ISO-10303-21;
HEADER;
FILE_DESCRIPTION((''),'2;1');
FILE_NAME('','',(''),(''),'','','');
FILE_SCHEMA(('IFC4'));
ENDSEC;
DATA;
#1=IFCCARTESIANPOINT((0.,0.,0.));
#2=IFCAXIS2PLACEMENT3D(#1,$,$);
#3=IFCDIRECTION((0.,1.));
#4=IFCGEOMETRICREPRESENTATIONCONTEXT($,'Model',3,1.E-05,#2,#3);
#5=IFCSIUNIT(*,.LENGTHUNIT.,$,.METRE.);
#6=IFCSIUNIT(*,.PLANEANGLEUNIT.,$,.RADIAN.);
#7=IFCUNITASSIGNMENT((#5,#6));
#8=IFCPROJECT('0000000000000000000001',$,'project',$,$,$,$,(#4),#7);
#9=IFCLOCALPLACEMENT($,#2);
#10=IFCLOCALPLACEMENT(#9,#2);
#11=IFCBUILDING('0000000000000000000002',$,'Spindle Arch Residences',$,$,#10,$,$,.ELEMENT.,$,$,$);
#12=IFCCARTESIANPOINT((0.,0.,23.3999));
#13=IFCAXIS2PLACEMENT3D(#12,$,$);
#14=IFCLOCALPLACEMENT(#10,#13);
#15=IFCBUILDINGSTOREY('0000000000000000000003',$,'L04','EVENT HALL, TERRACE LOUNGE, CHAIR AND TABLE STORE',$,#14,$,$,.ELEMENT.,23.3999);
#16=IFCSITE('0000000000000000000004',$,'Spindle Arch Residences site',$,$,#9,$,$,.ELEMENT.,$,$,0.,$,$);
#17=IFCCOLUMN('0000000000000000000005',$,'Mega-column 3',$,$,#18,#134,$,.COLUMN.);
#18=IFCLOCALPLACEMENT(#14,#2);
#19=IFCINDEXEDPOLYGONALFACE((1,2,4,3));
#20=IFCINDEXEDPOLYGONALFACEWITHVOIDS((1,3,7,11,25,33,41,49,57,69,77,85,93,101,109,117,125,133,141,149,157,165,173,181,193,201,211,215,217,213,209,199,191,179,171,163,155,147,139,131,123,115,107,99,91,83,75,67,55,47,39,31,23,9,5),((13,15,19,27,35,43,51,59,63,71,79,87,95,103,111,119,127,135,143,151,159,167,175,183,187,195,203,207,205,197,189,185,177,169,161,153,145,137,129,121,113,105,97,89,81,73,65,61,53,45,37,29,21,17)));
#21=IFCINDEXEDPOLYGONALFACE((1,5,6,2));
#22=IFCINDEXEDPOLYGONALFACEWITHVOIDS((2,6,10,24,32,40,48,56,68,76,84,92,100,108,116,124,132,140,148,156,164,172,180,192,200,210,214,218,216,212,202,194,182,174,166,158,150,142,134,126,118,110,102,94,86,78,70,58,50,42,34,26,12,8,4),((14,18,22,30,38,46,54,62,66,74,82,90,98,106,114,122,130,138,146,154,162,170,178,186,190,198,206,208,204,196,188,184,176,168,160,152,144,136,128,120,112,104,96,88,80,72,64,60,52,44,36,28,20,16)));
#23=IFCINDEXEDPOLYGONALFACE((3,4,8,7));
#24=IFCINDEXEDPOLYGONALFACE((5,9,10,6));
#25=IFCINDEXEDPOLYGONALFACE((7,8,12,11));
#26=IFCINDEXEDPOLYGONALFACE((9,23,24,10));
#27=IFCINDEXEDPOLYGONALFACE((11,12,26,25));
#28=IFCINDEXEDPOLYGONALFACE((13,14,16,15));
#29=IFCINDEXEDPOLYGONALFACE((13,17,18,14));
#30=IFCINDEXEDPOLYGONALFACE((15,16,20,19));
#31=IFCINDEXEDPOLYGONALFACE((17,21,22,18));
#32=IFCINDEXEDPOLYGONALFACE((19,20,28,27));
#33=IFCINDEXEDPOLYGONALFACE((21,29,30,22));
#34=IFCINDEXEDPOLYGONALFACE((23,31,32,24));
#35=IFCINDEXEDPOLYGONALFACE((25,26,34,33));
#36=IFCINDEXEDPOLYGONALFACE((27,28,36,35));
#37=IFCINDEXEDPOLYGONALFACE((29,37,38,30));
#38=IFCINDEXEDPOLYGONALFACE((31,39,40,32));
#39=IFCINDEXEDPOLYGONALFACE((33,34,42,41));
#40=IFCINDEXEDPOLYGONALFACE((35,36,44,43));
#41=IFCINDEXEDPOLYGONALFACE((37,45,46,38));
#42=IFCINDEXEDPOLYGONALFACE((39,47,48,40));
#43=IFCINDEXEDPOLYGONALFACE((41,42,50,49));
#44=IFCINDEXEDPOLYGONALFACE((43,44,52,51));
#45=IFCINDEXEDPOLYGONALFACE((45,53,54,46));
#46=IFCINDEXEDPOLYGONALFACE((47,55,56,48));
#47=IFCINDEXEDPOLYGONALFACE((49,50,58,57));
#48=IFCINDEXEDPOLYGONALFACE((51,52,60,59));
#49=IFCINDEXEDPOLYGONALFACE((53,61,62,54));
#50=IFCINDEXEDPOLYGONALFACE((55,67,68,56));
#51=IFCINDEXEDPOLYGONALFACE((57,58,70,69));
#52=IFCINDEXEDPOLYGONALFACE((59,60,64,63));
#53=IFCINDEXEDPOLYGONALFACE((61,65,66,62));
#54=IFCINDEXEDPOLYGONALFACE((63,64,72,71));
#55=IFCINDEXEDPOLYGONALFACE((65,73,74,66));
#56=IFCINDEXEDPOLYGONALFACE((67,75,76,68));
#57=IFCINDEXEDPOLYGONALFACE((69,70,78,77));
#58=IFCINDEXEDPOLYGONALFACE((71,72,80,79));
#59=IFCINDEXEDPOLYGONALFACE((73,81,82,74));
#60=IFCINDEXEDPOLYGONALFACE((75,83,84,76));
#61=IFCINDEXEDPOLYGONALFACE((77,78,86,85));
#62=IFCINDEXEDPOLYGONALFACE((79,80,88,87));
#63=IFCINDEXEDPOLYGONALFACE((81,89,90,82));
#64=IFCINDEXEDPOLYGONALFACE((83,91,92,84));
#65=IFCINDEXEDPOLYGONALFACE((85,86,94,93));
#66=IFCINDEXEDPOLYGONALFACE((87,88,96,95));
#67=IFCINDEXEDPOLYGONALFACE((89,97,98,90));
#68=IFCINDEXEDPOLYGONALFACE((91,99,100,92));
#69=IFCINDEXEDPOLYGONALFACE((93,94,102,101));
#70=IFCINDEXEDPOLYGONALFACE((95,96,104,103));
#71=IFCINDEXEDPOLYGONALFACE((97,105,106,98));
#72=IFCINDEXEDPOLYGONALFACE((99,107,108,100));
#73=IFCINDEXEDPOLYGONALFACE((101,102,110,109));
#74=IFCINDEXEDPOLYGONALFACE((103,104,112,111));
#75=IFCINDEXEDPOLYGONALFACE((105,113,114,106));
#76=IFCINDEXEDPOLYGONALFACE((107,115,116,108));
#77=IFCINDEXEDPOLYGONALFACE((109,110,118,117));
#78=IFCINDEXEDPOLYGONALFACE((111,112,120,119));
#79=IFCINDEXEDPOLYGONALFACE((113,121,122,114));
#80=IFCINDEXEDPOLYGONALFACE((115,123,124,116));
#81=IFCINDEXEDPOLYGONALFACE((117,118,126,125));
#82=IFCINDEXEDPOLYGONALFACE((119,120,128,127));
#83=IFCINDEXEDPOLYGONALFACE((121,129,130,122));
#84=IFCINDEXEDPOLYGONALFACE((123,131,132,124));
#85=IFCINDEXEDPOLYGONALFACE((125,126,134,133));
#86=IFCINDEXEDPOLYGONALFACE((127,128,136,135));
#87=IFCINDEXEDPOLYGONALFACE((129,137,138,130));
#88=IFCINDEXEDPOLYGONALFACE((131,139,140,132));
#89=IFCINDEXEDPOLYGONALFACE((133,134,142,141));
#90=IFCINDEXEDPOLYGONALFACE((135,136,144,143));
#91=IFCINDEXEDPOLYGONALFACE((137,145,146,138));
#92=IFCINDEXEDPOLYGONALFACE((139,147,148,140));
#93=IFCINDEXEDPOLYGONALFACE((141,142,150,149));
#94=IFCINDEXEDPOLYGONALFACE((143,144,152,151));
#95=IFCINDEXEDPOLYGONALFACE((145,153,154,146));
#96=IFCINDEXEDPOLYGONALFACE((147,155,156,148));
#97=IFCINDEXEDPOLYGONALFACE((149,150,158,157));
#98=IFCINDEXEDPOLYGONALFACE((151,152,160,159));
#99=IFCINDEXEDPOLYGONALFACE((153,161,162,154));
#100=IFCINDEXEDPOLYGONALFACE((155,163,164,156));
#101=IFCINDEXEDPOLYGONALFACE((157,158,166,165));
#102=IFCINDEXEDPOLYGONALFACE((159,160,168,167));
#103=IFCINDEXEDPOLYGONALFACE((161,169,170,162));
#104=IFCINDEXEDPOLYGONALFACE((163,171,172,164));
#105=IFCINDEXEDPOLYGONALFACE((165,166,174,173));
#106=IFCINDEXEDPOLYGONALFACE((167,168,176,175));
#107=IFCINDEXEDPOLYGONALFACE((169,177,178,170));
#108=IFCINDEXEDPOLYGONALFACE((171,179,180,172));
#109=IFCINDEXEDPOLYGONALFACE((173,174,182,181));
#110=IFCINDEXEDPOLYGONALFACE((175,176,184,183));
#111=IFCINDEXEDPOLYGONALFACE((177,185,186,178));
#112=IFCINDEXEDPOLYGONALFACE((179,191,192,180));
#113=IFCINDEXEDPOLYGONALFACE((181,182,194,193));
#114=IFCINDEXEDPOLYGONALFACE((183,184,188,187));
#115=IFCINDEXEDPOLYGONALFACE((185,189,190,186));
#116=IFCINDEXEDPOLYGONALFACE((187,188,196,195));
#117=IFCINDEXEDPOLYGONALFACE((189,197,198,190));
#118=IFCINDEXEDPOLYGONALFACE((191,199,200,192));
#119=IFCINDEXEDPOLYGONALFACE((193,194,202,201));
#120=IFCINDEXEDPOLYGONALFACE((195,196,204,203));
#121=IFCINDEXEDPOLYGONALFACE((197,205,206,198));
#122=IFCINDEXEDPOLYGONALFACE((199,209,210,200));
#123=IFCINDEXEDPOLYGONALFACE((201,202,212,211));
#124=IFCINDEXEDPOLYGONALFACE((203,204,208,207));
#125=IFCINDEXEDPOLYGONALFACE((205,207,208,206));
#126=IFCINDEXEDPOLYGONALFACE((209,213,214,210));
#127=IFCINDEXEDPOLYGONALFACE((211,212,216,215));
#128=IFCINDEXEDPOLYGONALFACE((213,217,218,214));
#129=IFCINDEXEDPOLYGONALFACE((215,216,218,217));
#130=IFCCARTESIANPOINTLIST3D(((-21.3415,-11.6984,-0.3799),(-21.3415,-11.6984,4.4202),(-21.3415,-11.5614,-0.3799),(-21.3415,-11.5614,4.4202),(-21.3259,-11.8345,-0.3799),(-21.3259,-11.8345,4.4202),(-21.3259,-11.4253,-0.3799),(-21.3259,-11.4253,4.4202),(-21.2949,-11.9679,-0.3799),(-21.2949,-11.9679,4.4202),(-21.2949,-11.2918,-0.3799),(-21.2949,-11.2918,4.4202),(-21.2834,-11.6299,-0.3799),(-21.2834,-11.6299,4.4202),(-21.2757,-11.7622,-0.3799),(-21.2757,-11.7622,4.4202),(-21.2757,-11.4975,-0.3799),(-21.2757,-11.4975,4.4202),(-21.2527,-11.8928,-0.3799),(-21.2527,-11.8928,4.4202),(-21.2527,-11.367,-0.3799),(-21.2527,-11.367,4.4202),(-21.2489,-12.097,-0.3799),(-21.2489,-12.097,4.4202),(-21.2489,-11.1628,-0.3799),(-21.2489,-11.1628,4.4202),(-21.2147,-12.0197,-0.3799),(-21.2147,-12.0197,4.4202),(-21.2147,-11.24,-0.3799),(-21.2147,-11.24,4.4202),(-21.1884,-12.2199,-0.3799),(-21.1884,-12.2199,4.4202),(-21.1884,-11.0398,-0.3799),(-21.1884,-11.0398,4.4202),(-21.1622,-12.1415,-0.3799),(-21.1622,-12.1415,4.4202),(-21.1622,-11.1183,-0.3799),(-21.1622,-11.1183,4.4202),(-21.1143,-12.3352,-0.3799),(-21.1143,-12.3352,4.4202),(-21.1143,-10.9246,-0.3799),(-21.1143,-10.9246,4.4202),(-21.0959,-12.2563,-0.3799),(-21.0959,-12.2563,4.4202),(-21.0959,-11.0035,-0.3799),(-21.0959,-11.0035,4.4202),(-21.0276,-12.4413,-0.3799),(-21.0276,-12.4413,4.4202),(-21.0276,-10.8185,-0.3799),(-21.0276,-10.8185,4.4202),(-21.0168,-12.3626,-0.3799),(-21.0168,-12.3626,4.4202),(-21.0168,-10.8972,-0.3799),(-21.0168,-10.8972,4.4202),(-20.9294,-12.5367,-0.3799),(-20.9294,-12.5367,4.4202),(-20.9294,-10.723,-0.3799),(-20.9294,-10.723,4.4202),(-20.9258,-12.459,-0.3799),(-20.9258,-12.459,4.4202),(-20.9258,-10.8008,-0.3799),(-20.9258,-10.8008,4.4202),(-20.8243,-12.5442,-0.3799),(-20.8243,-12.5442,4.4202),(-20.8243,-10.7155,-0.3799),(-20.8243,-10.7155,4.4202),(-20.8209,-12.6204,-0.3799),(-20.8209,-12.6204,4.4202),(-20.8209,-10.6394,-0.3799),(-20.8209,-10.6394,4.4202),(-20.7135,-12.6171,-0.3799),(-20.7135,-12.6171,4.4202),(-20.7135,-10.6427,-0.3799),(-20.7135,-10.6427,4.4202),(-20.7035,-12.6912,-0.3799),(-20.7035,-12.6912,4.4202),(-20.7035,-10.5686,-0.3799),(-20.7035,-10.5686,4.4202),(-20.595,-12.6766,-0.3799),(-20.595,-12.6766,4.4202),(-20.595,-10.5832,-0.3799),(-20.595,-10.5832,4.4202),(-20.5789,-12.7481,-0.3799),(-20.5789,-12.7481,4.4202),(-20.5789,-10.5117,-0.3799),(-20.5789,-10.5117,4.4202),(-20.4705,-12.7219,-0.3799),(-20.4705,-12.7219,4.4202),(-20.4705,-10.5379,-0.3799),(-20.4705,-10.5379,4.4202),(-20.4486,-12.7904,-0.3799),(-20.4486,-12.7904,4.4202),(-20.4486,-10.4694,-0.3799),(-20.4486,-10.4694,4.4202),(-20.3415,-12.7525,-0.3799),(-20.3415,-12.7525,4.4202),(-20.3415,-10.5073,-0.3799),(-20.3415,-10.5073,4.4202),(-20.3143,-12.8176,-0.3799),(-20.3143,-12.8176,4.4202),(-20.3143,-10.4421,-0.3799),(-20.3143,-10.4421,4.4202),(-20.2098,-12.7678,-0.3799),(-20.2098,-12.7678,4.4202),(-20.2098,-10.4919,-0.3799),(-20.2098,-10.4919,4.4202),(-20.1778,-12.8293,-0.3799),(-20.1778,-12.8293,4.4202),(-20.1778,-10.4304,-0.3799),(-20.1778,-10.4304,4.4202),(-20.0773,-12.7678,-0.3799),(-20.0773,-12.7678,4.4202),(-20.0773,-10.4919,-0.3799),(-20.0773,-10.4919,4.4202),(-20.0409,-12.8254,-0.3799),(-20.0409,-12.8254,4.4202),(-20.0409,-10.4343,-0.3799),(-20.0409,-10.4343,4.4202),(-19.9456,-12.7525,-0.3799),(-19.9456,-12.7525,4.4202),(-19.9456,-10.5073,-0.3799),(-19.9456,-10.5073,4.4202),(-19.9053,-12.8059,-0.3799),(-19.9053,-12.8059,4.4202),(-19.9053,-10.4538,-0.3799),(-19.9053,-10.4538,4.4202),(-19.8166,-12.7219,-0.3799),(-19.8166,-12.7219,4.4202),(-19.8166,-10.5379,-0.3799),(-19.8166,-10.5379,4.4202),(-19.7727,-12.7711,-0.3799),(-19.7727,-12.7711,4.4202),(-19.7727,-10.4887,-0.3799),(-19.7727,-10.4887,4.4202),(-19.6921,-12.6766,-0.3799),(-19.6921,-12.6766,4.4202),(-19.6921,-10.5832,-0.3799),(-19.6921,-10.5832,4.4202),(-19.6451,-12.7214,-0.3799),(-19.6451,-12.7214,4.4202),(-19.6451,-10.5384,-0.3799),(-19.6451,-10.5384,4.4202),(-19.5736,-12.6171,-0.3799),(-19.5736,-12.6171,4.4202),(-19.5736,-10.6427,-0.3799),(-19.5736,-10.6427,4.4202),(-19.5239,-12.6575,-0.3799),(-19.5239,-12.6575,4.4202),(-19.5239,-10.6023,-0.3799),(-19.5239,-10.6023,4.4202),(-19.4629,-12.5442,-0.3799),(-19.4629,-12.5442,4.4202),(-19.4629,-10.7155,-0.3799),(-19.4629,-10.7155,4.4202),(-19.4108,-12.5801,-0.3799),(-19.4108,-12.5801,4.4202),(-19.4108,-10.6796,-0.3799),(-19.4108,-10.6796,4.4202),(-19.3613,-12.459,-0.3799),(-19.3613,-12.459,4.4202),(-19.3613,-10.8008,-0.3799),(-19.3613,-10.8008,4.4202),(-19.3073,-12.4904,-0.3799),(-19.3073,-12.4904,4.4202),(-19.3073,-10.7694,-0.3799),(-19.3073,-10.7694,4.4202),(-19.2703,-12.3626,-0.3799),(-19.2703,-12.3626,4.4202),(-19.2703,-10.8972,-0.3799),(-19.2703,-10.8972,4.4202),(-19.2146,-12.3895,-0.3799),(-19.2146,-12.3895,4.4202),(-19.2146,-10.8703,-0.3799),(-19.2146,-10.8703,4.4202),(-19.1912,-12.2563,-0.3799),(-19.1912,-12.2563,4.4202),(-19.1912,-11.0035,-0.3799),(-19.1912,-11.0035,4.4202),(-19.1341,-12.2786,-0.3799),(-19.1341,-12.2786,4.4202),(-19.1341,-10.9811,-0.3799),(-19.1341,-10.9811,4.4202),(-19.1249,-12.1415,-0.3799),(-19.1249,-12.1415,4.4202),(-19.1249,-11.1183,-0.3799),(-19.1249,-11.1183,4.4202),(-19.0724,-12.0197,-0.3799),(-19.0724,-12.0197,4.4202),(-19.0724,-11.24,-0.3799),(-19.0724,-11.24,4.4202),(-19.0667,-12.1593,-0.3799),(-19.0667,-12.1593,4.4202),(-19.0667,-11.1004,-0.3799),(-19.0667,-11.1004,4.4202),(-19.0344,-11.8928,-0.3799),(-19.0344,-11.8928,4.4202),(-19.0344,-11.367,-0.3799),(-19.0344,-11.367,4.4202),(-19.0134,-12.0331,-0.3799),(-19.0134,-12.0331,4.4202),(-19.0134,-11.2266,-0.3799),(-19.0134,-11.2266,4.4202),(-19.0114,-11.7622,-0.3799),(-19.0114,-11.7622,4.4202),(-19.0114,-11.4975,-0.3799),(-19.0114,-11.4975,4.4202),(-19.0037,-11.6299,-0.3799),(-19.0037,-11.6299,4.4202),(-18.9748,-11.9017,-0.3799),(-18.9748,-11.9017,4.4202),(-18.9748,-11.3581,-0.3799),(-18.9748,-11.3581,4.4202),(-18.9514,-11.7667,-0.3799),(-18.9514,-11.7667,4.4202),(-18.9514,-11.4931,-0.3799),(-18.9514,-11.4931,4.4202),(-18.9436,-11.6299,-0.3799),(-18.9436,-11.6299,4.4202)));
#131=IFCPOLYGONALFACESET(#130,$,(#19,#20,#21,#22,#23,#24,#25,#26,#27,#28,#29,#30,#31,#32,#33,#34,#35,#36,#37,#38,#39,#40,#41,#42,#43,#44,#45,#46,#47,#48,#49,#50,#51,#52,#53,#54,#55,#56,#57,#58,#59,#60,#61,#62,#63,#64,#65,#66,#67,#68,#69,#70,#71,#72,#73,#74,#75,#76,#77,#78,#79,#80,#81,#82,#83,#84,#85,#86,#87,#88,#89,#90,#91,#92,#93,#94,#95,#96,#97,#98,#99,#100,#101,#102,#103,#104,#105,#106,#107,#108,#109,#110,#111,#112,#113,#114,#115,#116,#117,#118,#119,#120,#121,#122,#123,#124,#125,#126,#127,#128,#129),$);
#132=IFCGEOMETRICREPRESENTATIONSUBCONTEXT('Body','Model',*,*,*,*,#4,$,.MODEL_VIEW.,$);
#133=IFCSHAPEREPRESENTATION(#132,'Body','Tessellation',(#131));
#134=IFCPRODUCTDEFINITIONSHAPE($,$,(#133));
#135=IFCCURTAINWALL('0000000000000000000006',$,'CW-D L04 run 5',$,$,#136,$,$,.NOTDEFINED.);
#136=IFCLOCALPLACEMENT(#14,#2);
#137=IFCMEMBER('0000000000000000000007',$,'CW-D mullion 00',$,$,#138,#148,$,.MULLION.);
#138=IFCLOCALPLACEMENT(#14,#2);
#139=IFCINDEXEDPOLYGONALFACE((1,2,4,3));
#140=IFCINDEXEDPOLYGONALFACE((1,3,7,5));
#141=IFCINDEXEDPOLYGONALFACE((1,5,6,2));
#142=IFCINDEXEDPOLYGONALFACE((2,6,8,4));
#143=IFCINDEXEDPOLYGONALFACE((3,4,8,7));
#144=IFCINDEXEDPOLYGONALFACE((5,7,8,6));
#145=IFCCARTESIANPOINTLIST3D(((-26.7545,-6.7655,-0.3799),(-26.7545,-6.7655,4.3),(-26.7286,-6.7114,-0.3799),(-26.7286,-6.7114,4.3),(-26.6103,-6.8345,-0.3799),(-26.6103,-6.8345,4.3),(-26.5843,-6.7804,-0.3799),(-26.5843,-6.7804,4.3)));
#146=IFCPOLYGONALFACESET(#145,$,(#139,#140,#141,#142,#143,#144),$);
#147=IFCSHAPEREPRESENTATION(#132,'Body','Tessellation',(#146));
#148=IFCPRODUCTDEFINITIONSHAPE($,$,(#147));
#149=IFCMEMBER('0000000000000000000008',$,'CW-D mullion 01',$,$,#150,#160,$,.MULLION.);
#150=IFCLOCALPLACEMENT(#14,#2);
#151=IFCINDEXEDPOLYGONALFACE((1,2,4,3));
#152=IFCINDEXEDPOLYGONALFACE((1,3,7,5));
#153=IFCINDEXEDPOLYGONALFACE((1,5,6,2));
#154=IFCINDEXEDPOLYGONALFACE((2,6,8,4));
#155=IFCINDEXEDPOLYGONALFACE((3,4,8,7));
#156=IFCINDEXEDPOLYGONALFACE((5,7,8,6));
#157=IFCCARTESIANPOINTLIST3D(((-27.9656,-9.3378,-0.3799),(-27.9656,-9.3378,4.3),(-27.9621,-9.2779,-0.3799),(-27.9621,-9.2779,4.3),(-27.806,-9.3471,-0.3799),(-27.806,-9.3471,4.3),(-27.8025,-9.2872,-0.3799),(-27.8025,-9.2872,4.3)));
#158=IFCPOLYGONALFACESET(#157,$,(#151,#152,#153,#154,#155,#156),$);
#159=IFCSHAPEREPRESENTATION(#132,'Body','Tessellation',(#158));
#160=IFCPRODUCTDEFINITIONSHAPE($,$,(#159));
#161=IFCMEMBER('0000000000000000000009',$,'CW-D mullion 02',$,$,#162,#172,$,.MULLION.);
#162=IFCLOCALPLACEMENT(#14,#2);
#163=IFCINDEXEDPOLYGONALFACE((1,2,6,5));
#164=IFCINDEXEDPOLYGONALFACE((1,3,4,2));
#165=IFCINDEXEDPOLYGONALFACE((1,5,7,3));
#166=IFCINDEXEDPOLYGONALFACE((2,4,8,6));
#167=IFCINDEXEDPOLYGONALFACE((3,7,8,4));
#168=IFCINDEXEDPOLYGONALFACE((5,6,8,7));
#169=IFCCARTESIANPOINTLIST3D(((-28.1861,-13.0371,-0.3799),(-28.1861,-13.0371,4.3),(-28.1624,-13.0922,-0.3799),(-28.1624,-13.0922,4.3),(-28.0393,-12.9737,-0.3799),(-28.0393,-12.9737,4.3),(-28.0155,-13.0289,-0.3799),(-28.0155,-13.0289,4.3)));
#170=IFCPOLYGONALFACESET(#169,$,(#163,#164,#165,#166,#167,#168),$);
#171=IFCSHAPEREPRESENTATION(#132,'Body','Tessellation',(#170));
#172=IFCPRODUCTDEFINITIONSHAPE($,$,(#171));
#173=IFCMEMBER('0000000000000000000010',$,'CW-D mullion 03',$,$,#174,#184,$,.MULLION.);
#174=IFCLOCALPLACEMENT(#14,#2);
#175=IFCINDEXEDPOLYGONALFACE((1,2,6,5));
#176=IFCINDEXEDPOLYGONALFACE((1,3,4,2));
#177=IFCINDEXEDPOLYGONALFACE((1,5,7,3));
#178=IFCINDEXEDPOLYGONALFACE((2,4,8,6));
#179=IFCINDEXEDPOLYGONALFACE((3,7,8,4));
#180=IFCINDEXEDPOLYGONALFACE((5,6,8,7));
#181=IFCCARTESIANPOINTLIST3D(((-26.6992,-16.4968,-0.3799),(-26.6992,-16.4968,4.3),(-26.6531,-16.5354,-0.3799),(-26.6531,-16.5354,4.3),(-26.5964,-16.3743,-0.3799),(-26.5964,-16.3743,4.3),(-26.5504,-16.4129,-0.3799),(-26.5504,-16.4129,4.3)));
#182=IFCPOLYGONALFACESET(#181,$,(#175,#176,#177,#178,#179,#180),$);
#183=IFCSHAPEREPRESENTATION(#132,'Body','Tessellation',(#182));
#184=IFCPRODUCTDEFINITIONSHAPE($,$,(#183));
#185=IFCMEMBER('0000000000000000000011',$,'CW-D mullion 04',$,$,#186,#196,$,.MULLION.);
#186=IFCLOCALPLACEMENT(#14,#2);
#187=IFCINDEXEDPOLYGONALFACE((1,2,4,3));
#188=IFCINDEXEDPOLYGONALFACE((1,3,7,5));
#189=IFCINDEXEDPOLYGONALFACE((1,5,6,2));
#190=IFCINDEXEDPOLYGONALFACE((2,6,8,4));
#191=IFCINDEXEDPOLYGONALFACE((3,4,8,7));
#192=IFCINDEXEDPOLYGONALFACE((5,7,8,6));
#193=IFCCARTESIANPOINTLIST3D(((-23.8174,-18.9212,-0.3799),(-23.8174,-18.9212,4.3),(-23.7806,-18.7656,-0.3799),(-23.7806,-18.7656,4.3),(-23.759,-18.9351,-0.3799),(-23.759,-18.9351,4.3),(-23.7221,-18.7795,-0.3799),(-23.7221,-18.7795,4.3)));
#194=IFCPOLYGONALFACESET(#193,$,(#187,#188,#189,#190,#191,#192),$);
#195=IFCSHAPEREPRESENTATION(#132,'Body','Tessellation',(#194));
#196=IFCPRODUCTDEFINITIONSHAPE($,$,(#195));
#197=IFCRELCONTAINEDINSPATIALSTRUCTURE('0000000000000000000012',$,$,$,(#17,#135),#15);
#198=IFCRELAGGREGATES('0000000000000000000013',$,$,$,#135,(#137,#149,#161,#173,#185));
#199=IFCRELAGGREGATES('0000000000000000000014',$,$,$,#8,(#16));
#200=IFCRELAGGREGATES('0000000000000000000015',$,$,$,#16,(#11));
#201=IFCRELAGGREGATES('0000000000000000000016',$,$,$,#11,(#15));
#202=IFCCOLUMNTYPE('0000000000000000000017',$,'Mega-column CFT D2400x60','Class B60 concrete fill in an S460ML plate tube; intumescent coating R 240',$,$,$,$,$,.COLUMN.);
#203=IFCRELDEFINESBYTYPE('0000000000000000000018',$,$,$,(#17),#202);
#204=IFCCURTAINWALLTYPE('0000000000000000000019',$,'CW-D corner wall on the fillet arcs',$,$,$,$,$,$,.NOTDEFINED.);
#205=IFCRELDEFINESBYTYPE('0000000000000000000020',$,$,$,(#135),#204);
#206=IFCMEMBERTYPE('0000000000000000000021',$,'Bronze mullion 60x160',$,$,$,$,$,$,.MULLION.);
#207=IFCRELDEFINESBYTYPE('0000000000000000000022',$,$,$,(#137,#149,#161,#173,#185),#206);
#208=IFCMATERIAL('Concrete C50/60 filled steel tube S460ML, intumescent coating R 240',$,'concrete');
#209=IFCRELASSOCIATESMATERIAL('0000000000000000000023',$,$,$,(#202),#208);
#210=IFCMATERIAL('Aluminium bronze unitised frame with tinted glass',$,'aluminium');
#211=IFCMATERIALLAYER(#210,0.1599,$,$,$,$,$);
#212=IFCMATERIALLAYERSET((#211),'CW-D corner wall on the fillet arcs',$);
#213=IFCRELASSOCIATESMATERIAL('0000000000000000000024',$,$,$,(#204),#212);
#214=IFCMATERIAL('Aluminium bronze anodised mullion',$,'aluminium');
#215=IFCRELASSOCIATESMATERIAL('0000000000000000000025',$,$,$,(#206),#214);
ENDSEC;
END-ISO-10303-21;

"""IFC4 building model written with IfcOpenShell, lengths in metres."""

from ifc_helpers import new_model, si_unit, direction, frame, origin, origin_2d, place, context, subcontext, project, spatial, rectangle, hollow_circle, extrude, material, layer, layer_set, material_profile, profile_set, type_object, element, aggregate, save


model = new_model("IFC4")

# Units and contexts
model_context = context("Model", 3, precision=1e-05, world=origin(), true_north=direction((0.0, 1.0)))
body_context = subcontext(model_context, "Body", "Model", "MODEL_VIEW")
ifc_project = project(units=[si_unit("LENGTHUNIT", "METRE"), si_unit("PLANEANGLEUNIT", "RADIAN")], contexts=[model_context])

# Site, building, storey
site_placement = place(None, origin())
site = spatial("IfcSite", under=ifc_project, at=site_placement, Name="Spindle Arch Residences site", CompositionType="ELEMENT", RefElevation=0.0)
building_placement = place(site_placement, origin())
building = spatial("IfcBuilding", under=site, at=building_placement, Name="Spindle Arch Residences", CompositionType="ELEMENT")
storey_placement = place(building_placement, frame((0.0, 0.0, 23.3999)))
storey = spatial("IfcBuildingStorey", under=building, at=storey_placement, Name="L04", Description="EVENT HALL, TERRACE LOUNGE, CHAIR AND TABLE STORE", CompositionType="ELEMENT", Elevation=23.3999)

# Column
ifc_material_1 = material(Name="Concrete C50/60 filled steel tube S460ML, intumescent coating R 240", Category="concrete")
ifc_material_profile_1 = material_profile(ifc_material_1, hollow_circle(Radius=1.2, WallThickness=0.0601, at=origin_2d()), Name="CFT D2400x60")
ifc_profile_set_1 = profile_set([ifc_material_profile_1], Name="Concrete C50/60 filled steel tube S460ML, intumescent coating R 240")
column_type_1 = type_object("IfcColumnType", Name="Mega-column CFT D2400x60", Description="Class B60 concrete fill in an S460ML plate tube; intumescent coating R 240", PredefinedType="COLUMN", material=ifc_profile_set_1)
column_1_placement = place(storey_placement, frame((-20.1436, -11.6299, -0.3799), z_axis=(0.0, 0.0, 1.0), x_axis=(1.0, 0.0, 0.0)))
element("IfcColumn", 1, at=column_1_placement, inside=storey, type_object=column_type_1, Name="Mega-column 3", PredefinedType="COLUMN", context=body_context, shape_type="SweptSolid", body=[
    extrude(hollow_circle(Radius=1.2, WallThickness=0.0601, at=origin_2d()), origin(), (0.0, 0.0, 1.0), 4.8),
])

# Curtain wall, members
ifc_material_2 = material(Name="Aluminium bronze unitised frame with tinted glass", Category="aluminium")
ifc_layer_1 = layer(ifc_material_2, 0.1599)
ifc_layer_set_1 = layer_set([ifc_layer_1], Name="CW-D corner wall on the fillet arcs")
curtain_wall_type_1 = type_object("IfcCurtainWallType", Name="CW-D corner wall on the fillet arcs", PredefinedType="NOTDEFINED", material=ifc_layer_set_1)
curtain_wall_1_placement = place(storey_placement, origin())
curtain_wall_1 = element("IfcCurtainWall", 2, at=curtain_wall_1_placement, inside=storey, type_object=curtain_wall_type_1, Name="CW-D L04 run 5", PredefinedType="NOTDEFINED")
ifc_material_3 = material(Name="Aluminium bronze anodised mullion", Category="aluminium")
ifc_material_profile_2 = material_profile(ifc_material_3, rectangle(XDim=0.1599, YDim=0.0601, at=origin_2d()), Name="MU 60x160")
ifc_profile_set_2 = profile_set([ifc_material_profile_2], Name="Aluminium bronze anodised mullion")
member_type_1 = type_object("IfcMemberType", Name="Bronze mullion 60x160", PredefinedType="MULLION", material=ifc_profile_set_2)
member_1_placement = place(storey_placement, frame((-26.6694, -6.7729, -0.3799), z_axis=(0.0, 0.0, 1.0), x_axis=(0.902112, -0.431502, 0.0)))
member_1 = element("IfcMember", 3, at=member_1_placement, type_object=member_type_1, Name="CW-D mullion 00", PredefinedType="MULLION", context=body_context, shape_type="SweptSolid", body=[
    extrude(rectangle(XDim=0.1599, YDim=0.0601, at=origin_2d()), origin(), (0.0, 0.0, 1.0), 4.6799),
])
member_2_placement = place(storey_placement, frame((-27.884, -9.3125, -0.3799), z_axis=(0.0, 0.0, 1.0), x_axis=(0.998308, -0.058145, 0.0)))
member_2 = element("IfcMember", 4, at=member_2_placement, type_object=member_type_1, Name="CW-D mullion 01", PredefinedType="MULLION", context=body_context, shape_type="SweptSolid", body=[
    extrude(rectangle(XDim=0.1599, YDim=0.0601, at=origin_2d()), origin(), (0.0, 0.0, 1.0), 4.6799),
])
member_3_placement = place(storey_placement, frame((-28.1008, -13.033, -0.3799), z_axis=(0.0, 0.0, 1.0), x_axis=(0.918216, 0.39608, 0.0)))
member_3 = element("IfcMember", 5, at=member_3_placement, type_object=member_type_1, Name="CW-D mullion 02", PredefinedType="MULLION", context=body_context, shape_type="SweptSolid", body=[
    extrude(rectangle(XDim=0.1599, YDim=0.0601, at=origin_2d()), origin(), (0.0, 0.0, 1.0), 4.6799),
])
member_4_placement = place(storey_placement, frame((-26.6248, -16.4548, -0.3799), z_axis=(0.0, 0.0, 1.0), x_axis=(0.642788, 0.766044, 0.0)))
member_4 = element("IfcMember", 6, at=member_4_placement, type_object=member_type_1, Name="CW-D mullion 03", PredefinedType="MULLION", context=body_context, shape_type="SweptSolid", body=[
    extrude(rectangle(XDim=0.1599, YDim=0.0601, at=origin_2d()), origin(), (0.0, 0.0, 1.0), 4.6799),
])
member_5_placement = place(storey_placement, frame((-23.7698, -18.8503, -0.3799), z_axis=(0.0, 0.0, 1.0), x_axis=(0.230616, 0.973045, 0.0)))
member_5 = element("IfcMember", 7, at=member_5_placement, type_object=member_type_1, Name="CW-D mullion 04", PredefinedType="MULLION", context=body_context, shape_type="SweptSolid", body=[
    extrude(rectangle(XDim=0.1599, YDim=0.0601, at=origin_2d()), origin(), (0.0, 0.0, 1.0), 4.6799),
])

aggregate(curtain_wall_1, [member_1, member_2, member_3, member_4, member_5])

save(model, "model.ifc")
